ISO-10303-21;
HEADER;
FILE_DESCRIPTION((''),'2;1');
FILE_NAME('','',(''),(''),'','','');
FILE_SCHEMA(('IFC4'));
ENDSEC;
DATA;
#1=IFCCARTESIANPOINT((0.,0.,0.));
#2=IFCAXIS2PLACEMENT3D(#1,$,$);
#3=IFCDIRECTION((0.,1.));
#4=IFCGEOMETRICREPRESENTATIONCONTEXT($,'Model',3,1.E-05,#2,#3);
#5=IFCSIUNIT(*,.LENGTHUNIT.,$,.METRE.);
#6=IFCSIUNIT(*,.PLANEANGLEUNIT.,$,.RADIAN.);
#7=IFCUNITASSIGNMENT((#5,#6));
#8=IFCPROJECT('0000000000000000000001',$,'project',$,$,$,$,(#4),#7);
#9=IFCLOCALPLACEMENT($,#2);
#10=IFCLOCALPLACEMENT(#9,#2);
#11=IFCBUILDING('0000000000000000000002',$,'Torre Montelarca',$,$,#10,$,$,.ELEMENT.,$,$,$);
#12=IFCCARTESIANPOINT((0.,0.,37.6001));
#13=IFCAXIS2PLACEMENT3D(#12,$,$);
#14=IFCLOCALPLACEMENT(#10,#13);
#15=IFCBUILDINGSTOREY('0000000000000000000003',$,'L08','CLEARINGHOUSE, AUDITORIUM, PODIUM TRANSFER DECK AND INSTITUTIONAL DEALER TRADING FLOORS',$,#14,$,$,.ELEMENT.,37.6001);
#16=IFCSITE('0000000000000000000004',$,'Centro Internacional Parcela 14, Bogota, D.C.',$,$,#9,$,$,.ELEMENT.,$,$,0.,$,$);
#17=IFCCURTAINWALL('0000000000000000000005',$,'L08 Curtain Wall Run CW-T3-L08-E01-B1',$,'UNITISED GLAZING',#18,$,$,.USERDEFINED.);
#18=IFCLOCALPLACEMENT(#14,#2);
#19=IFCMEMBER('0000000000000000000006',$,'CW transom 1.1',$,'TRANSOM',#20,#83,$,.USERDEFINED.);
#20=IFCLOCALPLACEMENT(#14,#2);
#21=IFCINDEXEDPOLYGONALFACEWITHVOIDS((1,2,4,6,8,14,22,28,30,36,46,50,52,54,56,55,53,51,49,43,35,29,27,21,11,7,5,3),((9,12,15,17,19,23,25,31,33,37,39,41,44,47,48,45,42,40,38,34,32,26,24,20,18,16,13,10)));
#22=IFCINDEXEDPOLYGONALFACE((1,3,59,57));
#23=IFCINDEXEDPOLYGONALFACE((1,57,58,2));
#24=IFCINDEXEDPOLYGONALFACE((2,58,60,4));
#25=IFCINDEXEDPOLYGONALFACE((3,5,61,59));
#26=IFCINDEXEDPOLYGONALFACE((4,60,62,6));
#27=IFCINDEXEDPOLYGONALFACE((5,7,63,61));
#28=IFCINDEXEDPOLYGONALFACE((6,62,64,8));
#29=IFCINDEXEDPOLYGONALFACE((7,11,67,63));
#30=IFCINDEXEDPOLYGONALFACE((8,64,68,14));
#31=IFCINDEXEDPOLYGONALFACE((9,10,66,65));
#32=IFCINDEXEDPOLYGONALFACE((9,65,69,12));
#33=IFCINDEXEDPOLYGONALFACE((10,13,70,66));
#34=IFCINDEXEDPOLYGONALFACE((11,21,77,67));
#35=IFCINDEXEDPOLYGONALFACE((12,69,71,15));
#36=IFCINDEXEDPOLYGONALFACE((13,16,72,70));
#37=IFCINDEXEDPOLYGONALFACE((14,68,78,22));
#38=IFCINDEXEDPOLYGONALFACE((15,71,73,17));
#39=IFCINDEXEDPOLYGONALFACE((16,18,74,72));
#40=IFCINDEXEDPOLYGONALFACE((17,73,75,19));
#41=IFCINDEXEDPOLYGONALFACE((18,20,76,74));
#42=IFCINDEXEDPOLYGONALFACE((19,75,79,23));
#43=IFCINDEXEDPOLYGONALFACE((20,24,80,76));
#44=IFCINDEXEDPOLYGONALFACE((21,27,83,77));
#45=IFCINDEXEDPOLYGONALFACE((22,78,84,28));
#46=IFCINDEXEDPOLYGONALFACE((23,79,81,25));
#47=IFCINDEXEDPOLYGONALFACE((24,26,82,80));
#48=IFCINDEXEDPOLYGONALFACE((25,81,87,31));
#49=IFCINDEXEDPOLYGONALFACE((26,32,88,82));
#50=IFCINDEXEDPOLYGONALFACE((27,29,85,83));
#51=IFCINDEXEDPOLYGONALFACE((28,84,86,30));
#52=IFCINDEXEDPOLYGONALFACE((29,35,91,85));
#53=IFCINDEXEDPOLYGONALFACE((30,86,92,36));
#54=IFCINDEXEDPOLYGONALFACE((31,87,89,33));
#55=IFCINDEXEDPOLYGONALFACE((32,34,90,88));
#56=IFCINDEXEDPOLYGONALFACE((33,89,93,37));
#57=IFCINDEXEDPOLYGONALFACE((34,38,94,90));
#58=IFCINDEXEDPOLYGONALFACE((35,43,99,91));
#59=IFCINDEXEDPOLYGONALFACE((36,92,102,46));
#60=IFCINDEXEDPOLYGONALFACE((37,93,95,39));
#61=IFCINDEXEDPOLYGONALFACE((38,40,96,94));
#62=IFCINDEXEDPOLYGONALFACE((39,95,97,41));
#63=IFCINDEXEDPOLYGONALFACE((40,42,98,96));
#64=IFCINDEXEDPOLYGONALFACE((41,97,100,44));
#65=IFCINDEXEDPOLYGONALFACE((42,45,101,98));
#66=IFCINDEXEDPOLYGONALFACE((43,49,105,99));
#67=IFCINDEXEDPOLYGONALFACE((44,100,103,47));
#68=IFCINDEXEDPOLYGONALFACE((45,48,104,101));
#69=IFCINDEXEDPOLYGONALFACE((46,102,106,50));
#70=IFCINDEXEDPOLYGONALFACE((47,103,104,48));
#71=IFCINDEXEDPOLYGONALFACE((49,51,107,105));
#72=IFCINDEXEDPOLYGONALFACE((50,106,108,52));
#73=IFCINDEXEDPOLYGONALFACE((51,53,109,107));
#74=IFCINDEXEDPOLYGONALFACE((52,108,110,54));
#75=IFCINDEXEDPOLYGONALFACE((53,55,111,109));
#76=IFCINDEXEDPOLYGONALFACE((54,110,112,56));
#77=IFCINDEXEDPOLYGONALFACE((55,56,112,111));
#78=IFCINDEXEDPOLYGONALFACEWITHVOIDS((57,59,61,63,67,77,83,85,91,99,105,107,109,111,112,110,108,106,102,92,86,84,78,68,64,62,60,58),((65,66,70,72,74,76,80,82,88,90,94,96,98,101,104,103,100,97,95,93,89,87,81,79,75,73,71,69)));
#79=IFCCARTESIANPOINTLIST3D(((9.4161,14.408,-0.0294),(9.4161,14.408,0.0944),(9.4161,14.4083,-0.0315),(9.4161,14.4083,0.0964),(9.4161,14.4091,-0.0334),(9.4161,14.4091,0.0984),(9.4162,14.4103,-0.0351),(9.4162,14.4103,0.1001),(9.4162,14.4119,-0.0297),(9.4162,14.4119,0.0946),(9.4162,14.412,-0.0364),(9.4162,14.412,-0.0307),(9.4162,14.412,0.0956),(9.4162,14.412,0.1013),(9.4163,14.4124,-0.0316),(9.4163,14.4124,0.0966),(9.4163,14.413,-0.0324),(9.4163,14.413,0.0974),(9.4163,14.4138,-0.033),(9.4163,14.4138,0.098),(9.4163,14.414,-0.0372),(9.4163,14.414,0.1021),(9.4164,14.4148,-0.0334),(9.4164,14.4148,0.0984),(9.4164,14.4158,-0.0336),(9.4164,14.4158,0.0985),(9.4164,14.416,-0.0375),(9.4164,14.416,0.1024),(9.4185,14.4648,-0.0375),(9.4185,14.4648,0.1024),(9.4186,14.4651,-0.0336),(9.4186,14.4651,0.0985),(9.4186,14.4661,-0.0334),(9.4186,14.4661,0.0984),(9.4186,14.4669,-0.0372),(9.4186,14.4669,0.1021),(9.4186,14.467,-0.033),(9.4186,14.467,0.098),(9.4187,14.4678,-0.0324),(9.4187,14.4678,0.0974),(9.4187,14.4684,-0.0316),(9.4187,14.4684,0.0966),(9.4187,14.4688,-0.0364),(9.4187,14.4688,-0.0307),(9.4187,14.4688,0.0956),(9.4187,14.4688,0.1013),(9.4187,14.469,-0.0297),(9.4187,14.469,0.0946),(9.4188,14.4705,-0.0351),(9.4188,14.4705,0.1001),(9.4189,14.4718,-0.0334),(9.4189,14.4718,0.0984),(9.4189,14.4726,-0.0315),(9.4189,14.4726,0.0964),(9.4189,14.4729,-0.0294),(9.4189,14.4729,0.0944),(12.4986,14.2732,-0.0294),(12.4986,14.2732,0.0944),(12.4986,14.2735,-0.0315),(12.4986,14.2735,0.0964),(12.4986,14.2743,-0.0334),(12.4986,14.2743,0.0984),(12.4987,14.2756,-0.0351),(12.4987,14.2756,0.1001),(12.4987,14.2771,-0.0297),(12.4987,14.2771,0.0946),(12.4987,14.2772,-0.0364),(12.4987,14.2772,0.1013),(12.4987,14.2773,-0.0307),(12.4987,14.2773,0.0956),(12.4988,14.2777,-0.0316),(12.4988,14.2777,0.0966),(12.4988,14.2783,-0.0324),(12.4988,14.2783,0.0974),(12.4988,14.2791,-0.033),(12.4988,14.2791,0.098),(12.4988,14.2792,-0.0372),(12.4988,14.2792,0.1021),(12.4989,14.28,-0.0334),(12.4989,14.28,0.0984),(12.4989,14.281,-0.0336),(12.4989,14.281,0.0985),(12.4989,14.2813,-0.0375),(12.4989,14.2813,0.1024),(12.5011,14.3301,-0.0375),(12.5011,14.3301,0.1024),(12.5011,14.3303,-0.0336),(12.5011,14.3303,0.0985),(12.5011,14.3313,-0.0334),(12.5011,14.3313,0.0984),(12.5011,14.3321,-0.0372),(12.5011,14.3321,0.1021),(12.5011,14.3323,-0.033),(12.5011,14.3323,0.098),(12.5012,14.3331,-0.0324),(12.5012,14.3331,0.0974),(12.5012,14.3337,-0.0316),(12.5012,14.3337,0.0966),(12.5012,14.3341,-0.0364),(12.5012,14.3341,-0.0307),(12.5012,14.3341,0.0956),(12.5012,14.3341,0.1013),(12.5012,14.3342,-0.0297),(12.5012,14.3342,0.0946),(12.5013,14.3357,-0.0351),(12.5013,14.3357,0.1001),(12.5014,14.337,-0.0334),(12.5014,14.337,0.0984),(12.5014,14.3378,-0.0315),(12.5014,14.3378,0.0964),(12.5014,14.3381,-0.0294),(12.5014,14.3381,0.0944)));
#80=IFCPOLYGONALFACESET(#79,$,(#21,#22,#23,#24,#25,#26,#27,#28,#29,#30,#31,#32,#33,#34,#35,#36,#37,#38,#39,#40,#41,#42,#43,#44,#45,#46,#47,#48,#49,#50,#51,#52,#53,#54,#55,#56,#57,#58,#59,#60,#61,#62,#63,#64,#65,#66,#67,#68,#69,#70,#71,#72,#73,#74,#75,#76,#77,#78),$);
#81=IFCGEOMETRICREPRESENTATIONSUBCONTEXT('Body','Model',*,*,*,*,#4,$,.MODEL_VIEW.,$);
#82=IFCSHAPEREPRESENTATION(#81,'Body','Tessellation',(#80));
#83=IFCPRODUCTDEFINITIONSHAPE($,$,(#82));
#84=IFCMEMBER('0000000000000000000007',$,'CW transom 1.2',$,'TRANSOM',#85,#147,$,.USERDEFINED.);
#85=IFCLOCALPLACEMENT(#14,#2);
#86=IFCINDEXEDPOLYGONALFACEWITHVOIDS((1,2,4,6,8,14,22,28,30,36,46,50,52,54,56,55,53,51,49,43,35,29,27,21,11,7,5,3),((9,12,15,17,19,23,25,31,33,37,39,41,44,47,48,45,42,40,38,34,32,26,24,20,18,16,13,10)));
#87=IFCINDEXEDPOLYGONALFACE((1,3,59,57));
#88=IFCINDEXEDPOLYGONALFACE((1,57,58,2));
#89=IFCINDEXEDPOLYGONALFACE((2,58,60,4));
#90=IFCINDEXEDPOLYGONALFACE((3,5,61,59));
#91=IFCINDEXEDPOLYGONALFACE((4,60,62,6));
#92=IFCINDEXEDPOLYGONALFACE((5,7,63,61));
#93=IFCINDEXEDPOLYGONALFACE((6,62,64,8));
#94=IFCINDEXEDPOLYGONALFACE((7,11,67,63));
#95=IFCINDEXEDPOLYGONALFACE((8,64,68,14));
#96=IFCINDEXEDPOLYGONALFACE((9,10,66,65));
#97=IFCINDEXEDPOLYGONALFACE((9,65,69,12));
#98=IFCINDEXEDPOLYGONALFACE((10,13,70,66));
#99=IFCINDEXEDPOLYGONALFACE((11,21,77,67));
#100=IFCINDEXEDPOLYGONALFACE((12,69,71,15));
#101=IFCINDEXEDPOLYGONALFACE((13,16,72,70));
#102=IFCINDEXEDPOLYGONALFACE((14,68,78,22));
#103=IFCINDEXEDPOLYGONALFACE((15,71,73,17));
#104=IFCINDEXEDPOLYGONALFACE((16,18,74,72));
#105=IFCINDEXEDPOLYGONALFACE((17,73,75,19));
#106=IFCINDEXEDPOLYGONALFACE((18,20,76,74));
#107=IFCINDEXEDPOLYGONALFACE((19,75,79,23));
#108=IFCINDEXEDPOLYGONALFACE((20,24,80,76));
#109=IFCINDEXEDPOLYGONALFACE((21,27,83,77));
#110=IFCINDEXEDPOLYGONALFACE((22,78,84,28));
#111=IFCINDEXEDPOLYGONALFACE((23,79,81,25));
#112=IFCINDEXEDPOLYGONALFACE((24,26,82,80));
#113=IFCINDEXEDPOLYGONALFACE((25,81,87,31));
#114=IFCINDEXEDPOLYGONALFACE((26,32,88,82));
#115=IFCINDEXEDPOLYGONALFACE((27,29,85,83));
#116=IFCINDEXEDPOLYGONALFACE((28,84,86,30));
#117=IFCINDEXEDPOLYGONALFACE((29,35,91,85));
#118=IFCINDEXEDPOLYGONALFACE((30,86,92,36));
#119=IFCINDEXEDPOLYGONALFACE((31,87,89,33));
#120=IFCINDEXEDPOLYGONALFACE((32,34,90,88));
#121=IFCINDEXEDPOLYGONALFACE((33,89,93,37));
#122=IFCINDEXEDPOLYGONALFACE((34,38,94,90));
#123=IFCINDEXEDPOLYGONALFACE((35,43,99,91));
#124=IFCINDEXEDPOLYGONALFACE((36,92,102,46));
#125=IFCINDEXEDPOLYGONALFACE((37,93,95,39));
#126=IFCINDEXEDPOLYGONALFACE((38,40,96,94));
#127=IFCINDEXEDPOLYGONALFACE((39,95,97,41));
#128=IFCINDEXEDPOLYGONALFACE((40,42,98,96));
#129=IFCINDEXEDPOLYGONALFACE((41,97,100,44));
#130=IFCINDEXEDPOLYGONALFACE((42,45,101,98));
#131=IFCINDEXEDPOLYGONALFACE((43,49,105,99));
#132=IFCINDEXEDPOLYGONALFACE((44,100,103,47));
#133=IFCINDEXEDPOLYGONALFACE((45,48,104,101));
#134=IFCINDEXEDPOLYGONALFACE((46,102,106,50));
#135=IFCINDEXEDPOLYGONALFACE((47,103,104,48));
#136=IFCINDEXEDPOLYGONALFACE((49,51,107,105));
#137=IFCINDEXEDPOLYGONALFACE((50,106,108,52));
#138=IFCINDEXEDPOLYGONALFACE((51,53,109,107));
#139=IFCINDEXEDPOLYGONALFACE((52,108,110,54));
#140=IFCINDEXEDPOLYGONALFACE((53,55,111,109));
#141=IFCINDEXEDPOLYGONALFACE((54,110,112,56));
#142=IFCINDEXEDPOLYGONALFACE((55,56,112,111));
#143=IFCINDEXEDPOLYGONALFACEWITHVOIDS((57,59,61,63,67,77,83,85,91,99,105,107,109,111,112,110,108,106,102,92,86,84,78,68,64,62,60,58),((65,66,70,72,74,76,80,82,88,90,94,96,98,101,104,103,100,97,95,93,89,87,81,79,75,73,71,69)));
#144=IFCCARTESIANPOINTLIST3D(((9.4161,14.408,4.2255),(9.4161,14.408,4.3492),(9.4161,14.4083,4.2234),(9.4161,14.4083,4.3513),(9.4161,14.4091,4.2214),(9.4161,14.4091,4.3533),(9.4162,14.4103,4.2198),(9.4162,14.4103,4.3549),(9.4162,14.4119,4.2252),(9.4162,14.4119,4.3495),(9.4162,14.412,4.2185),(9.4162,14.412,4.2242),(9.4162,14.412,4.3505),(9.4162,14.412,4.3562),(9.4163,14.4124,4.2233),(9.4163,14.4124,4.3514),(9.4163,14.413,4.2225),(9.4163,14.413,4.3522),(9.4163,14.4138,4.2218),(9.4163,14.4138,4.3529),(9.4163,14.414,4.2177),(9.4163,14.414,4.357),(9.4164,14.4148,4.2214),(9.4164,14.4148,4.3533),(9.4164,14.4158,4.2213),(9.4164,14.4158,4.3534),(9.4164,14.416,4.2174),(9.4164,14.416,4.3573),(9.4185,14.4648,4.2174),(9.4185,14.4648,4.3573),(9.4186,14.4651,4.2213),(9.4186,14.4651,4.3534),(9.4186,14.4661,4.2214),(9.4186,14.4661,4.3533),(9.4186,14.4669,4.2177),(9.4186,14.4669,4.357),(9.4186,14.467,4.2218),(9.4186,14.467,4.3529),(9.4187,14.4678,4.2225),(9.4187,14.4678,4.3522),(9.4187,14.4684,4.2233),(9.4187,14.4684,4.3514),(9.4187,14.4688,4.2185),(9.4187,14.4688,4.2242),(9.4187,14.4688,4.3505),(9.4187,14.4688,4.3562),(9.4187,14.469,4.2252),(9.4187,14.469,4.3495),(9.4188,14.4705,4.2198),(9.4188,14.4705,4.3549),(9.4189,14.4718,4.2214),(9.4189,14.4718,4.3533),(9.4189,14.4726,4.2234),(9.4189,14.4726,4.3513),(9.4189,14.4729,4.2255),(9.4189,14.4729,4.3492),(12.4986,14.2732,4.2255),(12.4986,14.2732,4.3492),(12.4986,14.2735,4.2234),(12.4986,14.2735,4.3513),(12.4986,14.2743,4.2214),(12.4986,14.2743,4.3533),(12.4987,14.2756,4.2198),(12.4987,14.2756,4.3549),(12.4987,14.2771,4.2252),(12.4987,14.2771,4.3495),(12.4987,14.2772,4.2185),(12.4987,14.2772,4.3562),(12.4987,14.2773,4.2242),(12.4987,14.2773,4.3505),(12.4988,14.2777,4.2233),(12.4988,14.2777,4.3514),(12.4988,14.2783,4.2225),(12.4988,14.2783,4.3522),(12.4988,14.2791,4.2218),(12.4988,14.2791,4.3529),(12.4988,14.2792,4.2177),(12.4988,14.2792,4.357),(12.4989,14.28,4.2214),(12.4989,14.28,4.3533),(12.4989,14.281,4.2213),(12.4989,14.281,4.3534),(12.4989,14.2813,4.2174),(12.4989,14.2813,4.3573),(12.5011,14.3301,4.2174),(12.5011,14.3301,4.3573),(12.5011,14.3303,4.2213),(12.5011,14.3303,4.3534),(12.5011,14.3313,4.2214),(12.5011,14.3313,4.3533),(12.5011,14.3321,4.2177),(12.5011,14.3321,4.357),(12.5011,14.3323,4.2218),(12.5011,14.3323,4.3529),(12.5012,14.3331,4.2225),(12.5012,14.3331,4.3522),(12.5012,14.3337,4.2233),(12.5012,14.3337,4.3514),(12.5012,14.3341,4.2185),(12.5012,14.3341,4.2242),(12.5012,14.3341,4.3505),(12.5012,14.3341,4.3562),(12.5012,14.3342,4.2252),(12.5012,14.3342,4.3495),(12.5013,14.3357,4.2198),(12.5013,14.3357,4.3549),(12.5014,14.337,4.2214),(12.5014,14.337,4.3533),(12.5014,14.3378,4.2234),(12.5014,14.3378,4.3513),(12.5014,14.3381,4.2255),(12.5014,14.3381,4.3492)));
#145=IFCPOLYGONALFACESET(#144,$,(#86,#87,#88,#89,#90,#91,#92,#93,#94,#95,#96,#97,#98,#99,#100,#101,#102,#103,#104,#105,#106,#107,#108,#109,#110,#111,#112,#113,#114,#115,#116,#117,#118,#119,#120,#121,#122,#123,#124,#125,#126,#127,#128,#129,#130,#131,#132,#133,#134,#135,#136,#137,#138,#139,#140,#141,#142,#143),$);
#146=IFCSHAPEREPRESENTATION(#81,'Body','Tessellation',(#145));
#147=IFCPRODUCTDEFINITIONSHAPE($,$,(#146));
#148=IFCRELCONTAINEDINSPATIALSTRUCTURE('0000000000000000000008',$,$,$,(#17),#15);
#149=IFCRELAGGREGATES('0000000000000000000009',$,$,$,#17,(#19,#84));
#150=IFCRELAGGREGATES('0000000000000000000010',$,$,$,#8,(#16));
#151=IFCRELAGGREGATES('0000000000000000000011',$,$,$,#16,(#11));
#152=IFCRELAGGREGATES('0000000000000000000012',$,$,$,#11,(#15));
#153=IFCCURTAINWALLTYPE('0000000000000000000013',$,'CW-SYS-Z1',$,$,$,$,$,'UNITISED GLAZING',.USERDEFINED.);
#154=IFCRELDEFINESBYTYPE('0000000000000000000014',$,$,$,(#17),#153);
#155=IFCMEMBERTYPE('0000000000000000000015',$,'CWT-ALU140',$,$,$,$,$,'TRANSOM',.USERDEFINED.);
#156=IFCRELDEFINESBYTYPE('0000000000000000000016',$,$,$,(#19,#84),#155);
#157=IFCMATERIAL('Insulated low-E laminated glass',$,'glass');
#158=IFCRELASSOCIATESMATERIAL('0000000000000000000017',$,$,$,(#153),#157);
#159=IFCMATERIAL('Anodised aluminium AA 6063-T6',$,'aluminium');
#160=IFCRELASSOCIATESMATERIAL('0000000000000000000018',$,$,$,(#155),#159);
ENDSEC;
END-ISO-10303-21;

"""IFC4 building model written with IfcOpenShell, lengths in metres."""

from ifc_helpers import new_model, si_unit, direction, frame, origin, origin_2d, place, context, subcontext, project, spatial, hollow_rectangle, extrude, source, transform, mapped, material, material_profile, profile_set, type_object, element, aggregate, save


model = new_model("IFC4")

# Units and contexts
model_context = context("Model", 3, precision=1e-05, world=origin(), true_north=direction((0.0, 1.0)))
body_context = subcontext(model_context, "Body", "Model", "MODEL_VIEW")
ifc_project = project(units=[si_unit("LENGTHUNIT", "METRE"), si_unit("PLANEANGLEUNIT", "RADIAN")], contexts=[model_context])

# Site, building, storey
site_placement = place(None, origin())
site = spatial("IfcSite", under=ifc_project, at=site_placement, Name="Centro Internacional Parcela 14, Bogota, D.C.", CompositionType="ELEMENT", RefElevation=0.0)
building_placement = place(site_placement, origin())
building = spatial("IfcBuilding", under=site, at=building_placement, Name="Torre Montelarca", CompositionType="ELEMENT")
storey_placement = place(building_placement, frame((0.0, 0.0, 37.6001)))
storey = spatial("IfcBuildingStorey", under=building, at=storey_placement, Name="L08", Description="CLEARINGHOUSE, AUDITORIUM, PODIUM TRANSFER DECK AND INSTITUTIONAL DEALER TRADING FLOORS", CompositionType="ELEMENT", Elevation=37.6001)

# Curtain wall
ifc_material_1 = material(Name="Insulated low-E laminated glass", Category="glass")
curtain_wall_type = type_object("IfcCurtainWallType", Name="CW-SYS-Z1", ElementType="UNITISED GLAZING", PredefinedType="USERDEFINED", material=ifc_material_1)
curtain_wall_1_placement = place(storey_placement, origin())
curtain_wall_1 = element("IfcCurtainWall", 1, at=curtain_wall_1_placement, inside=storey, type_object=curtain_wall_type, Name="L08 Curtain Wall Run CW-T3-L08-E01-B1", ObjectType="UNITISED GLAZING", PredefinedType="USERDEFINED")
ifc_material_2 = material(Name="Anodised aluminium AA 6063-T6", Category="aluminium")

# Members
ifc_material_profile_1 = material_profile(ifc_material_2, hollow_rectangle(XDim=0.0649, YDim=0.1399, WallThickness=0.0039, InnerFilletRadius=0.0039, OuterFilletRadius=0.0081, at=origin_2d()), Name="ALU65X140X4", Category="aluminium")
ifc_profile_set_1 = profile_set([ifc_material_profile_1], Name="Anodised aluminium AA 6063-T6")
member_type_1 = type_object("IfcMemberType", Name="CWT-ALU140", ElementType="TRANSOM", PredefinedType="USERDEFINED", material=ifc_profile_set_1)
shared_shape_1 = source(origin(), body_context, "Body", "SweptSolid", [
    extrude(hollow_rectangle(XDim=0.0649, YDim=0.1399, WallThickness=0.0039, InnerFilletRadius=0.0039, OuterFilletRadius=0.0081, at=origin_2d()), origin(), (0.0, 0.0, 1.0), 3.0854),
])
member_1_placement = place(storey_placement, frame((9.4175, 14.4404, 0.0325), z_axis=(0.999046, -0.043678, 0.0), x_axis=(0.043678, 0.999046, 0.0)))
member_1 = element("IfcMember", 2, at=member_1_placement, type_object=member_type_1, Name="CW transom 1.1", ObjectType="TRANSOM", PredefinedType="USERDEFINED", context=body_context, shape_type="MappedRepresentation", body=[
    mapped(shared_shape_1, transform((0.0, 0.0, 0.0), scale=1.0)),
])
member_2_placement = place(storey_placement, frame((9.4175, 14.4404, 4.2874), z_axis=(0.999046, -0.043678, 0.0), x_axis=(0.043678, 0.999046, 0.0)))
member_2 = element("IfcMember", 3, at=member_2_placement, type_object=member_type_1, Name="CW transom 1.2", ObjectType="TRANSOM", PredefinedType="USERDEFINED", context=body_context, shape_type="MappedRepresentation", body=[
    mapped(shared_shape_1, transform((0.0, 0.0, 0.0), scale=1.0)),
])

aggregate(curtain_wall_1, [member_1, member_2])

save(model, "model.ifc")
